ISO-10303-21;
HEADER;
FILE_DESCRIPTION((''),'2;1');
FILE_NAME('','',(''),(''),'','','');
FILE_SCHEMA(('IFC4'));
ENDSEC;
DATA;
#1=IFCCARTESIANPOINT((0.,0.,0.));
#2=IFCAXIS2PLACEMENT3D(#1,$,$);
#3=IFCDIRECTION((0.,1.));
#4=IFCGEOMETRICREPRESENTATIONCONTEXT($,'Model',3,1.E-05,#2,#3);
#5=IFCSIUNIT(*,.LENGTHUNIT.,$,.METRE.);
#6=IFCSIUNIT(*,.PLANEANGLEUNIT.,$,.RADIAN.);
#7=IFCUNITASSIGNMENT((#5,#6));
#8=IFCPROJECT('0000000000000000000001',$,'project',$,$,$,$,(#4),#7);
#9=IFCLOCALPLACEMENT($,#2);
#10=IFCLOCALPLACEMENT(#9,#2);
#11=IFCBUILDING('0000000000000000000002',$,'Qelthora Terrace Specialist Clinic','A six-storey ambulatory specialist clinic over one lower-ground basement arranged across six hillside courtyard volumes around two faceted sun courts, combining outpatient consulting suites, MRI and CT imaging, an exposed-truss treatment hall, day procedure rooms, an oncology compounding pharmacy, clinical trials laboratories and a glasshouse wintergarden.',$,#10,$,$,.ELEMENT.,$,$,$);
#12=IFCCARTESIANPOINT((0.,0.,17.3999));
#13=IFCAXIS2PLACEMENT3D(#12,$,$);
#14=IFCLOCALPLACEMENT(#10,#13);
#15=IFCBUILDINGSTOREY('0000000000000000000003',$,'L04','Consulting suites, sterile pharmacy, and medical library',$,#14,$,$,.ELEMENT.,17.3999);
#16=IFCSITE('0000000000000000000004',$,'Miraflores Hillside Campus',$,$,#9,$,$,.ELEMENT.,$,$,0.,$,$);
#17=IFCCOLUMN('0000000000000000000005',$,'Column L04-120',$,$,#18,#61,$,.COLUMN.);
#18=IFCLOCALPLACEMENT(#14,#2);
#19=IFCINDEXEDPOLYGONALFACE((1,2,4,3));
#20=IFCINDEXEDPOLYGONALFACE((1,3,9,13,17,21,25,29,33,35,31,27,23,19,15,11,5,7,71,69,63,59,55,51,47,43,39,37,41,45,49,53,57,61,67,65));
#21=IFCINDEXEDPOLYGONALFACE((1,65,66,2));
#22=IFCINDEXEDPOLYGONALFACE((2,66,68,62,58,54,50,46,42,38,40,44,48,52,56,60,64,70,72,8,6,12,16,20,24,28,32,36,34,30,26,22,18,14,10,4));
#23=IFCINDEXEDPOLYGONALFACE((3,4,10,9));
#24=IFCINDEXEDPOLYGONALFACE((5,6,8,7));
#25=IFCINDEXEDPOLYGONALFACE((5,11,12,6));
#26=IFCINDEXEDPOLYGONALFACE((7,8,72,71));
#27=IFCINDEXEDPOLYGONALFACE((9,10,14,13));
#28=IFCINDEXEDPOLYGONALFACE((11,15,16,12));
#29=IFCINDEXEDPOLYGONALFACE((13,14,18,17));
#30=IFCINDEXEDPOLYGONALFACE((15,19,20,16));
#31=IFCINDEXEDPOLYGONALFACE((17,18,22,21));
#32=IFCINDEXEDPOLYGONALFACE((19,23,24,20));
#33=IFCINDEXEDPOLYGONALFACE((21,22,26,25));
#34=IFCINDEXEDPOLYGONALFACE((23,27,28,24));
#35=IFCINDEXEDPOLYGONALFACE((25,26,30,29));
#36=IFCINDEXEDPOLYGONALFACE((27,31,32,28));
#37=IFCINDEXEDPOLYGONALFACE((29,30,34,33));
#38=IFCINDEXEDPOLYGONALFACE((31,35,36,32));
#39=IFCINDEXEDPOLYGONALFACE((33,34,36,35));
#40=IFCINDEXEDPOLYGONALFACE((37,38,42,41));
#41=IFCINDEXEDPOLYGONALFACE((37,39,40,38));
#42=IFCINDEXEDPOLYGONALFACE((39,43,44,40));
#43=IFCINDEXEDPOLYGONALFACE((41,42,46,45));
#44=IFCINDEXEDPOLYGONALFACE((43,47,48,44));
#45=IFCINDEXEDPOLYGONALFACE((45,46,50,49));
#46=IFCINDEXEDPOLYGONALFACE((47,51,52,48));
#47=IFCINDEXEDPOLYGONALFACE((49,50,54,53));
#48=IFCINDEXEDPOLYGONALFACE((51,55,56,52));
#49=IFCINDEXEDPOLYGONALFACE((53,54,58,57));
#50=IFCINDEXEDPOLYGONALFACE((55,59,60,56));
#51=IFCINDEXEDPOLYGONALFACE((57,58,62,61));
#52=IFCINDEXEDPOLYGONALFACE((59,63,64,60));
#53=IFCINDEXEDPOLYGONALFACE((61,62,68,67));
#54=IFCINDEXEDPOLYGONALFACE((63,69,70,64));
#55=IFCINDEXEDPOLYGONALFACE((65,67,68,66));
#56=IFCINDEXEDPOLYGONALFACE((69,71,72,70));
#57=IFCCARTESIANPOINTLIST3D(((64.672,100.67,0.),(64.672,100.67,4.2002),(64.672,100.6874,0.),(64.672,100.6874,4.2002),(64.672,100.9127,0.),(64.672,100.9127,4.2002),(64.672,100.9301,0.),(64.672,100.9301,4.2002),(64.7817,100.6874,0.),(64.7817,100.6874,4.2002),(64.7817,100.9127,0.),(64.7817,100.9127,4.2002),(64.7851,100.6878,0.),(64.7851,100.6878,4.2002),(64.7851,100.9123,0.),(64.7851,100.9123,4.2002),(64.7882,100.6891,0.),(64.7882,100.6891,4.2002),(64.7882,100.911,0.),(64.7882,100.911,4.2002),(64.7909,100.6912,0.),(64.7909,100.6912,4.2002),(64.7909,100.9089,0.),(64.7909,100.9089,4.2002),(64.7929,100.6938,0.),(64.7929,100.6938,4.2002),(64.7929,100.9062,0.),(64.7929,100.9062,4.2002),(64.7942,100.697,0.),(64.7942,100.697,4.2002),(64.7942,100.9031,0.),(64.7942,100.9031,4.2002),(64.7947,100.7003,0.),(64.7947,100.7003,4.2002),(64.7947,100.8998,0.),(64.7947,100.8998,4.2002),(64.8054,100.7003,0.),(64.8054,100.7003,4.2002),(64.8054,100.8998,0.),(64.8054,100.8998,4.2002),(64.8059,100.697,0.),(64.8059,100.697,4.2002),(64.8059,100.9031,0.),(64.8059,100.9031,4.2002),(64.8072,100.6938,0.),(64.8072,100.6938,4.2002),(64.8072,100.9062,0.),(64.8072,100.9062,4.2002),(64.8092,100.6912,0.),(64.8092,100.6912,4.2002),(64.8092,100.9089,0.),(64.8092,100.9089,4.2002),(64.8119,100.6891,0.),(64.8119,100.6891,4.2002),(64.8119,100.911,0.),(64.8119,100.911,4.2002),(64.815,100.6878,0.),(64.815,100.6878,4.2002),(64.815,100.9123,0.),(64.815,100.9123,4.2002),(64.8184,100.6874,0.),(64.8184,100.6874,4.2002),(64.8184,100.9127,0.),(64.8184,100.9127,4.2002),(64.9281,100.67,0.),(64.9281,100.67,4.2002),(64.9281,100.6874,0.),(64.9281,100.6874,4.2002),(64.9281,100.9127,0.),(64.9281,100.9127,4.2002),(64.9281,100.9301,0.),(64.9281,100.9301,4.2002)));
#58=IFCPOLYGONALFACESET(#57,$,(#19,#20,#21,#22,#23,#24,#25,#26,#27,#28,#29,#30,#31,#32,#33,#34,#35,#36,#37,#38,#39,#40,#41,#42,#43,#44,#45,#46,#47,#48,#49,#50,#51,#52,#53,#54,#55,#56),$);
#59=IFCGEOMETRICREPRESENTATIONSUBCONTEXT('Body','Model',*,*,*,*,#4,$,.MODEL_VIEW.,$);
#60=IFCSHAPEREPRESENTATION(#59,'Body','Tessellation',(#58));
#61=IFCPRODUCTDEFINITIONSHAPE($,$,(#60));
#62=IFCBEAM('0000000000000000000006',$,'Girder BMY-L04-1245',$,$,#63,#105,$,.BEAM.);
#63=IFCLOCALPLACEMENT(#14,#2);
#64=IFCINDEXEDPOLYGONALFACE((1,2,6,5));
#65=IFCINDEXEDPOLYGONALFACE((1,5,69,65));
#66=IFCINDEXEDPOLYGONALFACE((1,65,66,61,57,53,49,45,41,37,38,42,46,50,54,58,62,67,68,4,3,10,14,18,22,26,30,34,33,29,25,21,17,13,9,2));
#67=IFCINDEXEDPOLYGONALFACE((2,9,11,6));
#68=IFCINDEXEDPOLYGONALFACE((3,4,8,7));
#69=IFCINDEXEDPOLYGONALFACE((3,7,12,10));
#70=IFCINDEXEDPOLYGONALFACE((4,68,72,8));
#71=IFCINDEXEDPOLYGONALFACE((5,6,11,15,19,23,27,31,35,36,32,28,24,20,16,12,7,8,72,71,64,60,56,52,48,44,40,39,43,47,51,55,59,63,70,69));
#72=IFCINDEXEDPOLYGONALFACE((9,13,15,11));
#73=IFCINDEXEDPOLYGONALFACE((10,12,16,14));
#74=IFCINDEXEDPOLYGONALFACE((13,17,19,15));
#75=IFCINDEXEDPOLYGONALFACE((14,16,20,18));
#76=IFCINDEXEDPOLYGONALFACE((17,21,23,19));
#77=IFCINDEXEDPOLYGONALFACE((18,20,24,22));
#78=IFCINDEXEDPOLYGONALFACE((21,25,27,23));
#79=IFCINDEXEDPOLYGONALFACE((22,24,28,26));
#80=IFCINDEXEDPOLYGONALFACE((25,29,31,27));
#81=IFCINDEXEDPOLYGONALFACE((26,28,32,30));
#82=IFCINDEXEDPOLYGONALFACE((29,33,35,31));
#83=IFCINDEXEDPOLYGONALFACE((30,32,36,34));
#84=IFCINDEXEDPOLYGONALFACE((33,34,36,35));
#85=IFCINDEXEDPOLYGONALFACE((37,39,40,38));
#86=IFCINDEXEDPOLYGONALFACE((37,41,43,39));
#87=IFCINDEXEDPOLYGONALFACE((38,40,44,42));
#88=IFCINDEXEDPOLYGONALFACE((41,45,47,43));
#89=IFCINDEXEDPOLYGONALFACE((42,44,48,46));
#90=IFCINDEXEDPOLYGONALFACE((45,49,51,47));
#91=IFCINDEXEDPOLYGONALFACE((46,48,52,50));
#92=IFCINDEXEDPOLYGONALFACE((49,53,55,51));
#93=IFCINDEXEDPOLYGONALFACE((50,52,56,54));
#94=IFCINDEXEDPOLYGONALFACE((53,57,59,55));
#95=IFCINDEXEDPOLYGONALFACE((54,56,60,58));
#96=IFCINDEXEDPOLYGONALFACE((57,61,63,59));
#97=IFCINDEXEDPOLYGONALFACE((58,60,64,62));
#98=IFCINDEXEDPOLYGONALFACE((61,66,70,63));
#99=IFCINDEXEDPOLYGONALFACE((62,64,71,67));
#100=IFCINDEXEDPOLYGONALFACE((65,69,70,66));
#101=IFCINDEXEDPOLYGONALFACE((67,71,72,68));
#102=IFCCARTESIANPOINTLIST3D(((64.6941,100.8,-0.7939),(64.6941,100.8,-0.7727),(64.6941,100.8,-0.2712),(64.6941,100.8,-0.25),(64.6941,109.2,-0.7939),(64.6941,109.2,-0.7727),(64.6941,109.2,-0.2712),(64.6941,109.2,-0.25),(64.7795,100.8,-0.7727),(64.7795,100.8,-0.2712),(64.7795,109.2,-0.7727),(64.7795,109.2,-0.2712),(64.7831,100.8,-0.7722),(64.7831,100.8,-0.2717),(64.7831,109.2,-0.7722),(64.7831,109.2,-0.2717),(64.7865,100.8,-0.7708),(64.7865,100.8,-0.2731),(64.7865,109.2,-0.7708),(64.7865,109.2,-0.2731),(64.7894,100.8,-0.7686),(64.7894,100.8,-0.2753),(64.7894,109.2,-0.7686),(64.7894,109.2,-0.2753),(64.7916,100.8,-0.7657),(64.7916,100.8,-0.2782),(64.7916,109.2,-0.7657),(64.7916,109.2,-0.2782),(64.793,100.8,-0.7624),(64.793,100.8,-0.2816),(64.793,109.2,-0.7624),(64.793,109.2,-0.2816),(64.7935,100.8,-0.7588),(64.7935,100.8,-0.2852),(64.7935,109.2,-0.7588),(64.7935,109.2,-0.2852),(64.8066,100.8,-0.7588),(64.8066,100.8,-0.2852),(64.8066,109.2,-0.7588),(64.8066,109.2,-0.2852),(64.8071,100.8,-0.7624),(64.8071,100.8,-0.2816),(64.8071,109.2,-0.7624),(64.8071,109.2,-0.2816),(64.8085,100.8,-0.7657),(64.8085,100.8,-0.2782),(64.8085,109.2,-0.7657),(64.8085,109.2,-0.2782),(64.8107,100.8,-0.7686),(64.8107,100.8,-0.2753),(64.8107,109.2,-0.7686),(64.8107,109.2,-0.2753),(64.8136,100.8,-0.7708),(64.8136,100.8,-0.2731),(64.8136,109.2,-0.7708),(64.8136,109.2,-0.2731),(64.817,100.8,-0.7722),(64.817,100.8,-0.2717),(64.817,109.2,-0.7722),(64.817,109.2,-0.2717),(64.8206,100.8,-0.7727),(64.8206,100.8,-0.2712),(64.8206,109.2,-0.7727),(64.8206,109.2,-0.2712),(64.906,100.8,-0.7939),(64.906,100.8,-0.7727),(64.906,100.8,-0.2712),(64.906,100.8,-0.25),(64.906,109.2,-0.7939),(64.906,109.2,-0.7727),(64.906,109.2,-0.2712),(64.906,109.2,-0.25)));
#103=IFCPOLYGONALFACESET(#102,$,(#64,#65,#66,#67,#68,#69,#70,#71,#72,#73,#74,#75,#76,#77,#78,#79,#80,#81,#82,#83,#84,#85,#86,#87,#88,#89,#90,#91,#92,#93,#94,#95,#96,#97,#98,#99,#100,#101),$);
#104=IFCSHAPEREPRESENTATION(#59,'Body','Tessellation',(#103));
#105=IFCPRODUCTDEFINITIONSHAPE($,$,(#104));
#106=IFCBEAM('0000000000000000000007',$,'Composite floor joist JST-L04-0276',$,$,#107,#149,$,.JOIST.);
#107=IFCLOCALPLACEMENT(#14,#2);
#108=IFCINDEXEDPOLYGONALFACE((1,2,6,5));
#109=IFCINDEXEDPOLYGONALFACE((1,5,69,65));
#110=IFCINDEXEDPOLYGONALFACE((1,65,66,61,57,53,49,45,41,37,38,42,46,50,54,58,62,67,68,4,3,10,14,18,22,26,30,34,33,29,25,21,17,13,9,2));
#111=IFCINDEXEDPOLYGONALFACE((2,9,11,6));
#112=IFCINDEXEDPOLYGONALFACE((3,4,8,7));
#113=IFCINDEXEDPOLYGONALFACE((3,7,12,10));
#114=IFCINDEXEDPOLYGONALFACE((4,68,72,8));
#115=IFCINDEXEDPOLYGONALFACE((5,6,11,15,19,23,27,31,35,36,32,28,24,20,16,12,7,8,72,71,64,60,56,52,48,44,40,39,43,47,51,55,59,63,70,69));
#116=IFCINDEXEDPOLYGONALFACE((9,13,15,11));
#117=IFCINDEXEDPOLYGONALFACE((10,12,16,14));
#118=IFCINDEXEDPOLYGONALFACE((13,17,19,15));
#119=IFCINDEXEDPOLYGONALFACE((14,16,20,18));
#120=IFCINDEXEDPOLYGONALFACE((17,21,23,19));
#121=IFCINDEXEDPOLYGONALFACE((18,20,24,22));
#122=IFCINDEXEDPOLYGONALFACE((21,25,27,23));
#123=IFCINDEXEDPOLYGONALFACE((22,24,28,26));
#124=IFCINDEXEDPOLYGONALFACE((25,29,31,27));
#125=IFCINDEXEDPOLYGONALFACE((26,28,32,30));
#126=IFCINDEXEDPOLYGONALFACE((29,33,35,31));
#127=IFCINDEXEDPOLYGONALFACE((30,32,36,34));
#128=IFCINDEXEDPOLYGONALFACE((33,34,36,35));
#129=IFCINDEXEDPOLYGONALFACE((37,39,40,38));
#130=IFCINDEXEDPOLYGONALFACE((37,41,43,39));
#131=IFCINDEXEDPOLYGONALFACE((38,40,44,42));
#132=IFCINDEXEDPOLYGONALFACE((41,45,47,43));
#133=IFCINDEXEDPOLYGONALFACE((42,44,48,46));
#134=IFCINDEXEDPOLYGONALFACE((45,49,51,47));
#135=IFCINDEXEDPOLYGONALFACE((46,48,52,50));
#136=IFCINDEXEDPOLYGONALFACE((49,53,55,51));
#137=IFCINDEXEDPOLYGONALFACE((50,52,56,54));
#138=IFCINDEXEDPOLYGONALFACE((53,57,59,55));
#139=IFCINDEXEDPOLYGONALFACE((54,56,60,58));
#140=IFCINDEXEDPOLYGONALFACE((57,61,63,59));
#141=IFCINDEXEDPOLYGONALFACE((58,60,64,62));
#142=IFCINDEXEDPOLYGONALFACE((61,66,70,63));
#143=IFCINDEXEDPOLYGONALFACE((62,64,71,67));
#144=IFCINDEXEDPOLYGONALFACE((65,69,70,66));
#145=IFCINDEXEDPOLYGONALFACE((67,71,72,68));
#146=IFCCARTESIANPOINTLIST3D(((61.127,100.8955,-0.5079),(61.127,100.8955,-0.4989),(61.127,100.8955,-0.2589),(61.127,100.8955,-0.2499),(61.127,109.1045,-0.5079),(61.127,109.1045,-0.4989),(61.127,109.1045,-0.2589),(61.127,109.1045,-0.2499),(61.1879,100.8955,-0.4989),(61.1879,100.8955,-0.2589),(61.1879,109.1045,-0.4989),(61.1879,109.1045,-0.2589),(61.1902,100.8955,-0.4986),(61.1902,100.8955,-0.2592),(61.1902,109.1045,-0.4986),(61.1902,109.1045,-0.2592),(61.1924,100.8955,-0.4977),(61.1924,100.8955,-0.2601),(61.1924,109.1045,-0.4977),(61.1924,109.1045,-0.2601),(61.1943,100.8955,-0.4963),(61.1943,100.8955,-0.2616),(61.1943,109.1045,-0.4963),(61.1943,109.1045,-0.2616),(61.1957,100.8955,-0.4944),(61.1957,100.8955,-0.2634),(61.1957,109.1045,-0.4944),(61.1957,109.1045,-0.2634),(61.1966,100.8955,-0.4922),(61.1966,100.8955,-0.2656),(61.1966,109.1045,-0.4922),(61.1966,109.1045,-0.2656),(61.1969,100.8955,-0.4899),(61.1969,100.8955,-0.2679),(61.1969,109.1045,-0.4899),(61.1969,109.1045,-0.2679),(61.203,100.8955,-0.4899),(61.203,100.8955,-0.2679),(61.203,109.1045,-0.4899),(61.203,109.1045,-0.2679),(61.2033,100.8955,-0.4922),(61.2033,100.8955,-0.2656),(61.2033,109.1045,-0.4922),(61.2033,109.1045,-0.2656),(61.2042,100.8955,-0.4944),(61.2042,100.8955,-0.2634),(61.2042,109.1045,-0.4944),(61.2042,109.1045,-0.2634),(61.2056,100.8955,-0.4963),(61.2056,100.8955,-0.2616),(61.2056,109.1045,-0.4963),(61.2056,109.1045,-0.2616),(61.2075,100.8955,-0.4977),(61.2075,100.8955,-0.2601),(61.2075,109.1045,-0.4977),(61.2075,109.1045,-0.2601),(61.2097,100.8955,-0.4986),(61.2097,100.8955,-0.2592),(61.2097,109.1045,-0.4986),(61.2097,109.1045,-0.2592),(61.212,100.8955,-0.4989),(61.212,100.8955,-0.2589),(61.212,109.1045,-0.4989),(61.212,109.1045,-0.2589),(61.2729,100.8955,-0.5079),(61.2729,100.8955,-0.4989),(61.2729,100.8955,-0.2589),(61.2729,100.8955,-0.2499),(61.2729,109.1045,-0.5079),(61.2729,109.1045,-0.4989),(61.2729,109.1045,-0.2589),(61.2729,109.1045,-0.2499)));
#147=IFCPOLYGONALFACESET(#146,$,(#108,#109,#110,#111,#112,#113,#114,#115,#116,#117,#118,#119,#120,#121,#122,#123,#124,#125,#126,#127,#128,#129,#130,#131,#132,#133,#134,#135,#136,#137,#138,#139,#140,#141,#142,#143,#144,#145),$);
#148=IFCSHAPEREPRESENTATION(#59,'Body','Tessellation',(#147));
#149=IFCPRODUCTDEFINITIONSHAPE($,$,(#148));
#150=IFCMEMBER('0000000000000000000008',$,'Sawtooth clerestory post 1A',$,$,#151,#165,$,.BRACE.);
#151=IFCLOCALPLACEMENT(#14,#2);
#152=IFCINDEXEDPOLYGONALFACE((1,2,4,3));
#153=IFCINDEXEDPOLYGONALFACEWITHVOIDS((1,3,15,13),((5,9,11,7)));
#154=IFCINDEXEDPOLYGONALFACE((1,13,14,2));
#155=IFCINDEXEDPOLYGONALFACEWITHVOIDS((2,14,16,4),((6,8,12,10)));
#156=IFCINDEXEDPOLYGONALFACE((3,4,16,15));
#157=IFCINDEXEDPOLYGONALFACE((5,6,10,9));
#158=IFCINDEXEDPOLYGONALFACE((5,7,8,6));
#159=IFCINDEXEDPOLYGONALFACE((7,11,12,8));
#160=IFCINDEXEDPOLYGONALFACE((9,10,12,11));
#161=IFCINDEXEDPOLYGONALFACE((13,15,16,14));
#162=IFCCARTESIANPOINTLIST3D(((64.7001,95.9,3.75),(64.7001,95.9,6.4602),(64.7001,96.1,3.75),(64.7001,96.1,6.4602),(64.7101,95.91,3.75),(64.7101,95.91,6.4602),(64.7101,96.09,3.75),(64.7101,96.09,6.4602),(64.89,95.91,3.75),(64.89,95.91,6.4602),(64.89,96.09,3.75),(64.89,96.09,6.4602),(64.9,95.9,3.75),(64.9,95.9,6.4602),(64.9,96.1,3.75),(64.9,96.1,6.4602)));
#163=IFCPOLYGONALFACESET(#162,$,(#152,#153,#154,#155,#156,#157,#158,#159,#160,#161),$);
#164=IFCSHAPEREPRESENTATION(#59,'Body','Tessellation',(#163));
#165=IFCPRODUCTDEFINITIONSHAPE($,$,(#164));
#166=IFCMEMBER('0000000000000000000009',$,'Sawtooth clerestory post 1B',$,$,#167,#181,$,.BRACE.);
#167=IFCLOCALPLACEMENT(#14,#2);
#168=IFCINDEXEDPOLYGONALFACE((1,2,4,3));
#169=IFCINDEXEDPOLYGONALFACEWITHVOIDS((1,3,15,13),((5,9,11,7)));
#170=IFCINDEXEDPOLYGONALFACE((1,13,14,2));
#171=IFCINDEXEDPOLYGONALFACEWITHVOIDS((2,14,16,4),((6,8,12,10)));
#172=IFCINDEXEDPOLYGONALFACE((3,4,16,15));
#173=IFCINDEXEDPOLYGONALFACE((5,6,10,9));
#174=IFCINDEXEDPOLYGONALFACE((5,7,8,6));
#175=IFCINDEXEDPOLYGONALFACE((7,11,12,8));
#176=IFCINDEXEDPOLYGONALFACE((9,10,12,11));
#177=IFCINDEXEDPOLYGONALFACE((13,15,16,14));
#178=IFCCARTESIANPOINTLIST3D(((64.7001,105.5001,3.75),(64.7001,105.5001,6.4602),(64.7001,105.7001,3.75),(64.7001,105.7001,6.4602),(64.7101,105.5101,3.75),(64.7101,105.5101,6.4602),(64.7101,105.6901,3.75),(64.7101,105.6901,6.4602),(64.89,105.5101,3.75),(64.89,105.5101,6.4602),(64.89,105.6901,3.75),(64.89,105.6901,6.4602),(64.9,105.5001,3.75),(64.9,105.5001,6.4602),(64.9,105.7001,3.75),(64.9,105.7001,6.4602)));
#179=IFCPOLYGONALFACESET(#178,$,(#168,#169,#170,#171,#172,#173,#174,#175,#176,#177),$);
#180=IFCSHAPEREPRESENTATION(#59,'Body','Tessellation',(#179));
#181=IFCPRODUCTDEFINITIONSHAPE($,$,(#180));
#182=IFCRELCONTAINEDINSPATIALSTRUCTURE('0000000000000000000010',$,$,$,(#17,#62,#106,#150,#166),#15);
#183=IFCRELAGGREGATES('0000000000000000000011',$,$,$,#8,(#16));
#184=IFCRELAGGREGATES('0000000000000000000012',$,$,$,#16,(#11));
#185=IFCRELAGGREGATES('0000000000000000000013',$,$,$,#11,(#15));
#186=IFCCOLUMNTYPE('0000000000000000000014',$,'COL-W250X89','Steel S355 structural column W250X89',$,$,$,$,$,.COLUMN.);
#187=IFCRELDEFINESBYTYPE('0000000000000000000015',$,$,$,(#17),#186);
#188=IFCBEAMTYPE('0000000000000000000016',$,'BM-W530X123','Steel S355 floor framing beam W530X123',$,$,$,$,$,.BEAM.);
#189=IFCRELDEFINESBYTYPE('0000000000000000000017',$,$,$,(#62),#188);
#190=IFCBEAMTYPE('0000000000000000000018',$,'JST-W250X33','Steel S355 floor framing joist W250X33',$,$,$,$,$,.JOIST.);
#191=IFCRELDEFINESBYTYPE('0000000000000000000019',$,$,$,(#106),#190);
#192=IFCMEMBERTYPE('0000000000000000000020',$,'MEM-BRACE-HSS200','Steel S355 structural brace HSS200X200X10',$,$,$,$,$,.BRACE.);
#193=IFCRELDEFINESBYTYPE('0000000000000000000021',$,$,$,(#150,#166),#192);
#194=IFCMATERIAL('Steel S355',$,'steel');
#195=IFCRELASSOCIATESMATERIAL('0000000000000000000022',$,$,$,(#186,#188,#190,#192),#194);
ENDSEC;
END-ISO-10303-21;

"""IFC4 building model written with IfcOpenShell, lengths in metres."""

from ifc_helpers import new_model, si_unit, direction, frame, origin, origin_2d, place, context, subcontext, project, spatial, hollow_rectangle, i_section, extrude, material, material_profile, profile_set, type_object, element, save


model = new_model("IFC4")

# Units and contexts
model_context = context("Model", 3, precision=1e-05, world=origin(), true_north=direction((0.0, 1.0)))
body_context = subcontext(model_context, "Body", "Model", "MODEL_VIEW")
ifc_project = project(units=[si_unit("LENGTHUNIT", "METRE"), si_unit("PLANEANGLEUNIT", "RADIAN")], contexts=[model_context])

# Site, building, storey
site_placement = place(None, origin())
site = spatial("IfcSite", under=ifc_project, at=site_placement, Name="Miraflores Hillside Campus", CompositionType="ELEMENT", RefElevation=0.0)
building_placement = place(site_placement, origin())
building = spatial("IfcBuilding", under=site, at=building_placement, Name="Qelthora Terrace Specialist Clinic", Description="A six-storey ambulatory specialist clinic over one lower-ground basement arranged across six hillside courtyard volumes around two faceted sun courts, combining outpatient consulting suites, MRI and CT imaging, an exposed-truss treatment hall, day procedure rooms, an oncology compounding pharmacy, clinical trials laboratories and a glasshouse wintergarden.", CompositionType="ELEMENT")
storey_placement = place(building_placement, frame((0.0, 0.0, 17.3999)))
storey = spatial("IfcBuildingStorey", under=building, at=storey_placement, Name="L04", Description="Consulting suites, sterile pharmacy, and medical library", CompositionType="ELEMENT", Elevation=17.3999)

# Column
ifc_material_1 = material(Name="Steel S355", Category="steel")
ifc_material_profile_1 = material_profile(ifc_material_1, i_section(OverallWidth=0.2561, OverallDepth=0.26, WebThickness=0.0107, FlangeThickness=0.0173, FilletRadius=0.0129, at=origin_2d()), Name="W250X89")
ifc_profile_set_1 = profile_set([ifc_material_profile_1], Name="Steel S355")
column_type = type_object("IfcColumnType", Name="COL-W250X89", Description="Steel S355 structural column W250X89", PredefinedType="COLUMN", material=ifc_profile_set_1)
column_placement = place(storey_placement, frame((64.8, 100.8, 0.0), z_axis=(0.0, 0.0, 1.0), x_axis=(1.0, 0.0, 0.0)))
element("IfcColumn", 1, at=column_placement, inside=storey, type_object=column_type, Name="Column L04-120", PredefinedType="COLUMN", context=body_context, shape_type="SweptSolid", body=[
    extrude(i_section(OverallWidth=0.2561, OverallDepth=0.26, WebThickness=0.0107, FlangeThickness=0.0173, FilletRadius=0.0129, at=origin_2d()), origin(), (0.0, 0.0, 1.0), 4.2002),
])

# Beams
ifc_material_profile_2 = material_profile(ifc_material_1, i_section(OverallWidth=0.2119, OverallDepth=0.5439, WebThickness=0.0132, FlangeThickness=0.0212, FilletRadius=0.0139, at=origin_2d()), Name="W530X123")
ifc_profile_set_2 = profile_set([ifc_material_profile_2], Name="Steel S355")
beam_type_1 = type_object("IfcBeamType", Name="BM-W530X123", Description="Steel S355 floor framing beam W530X123", PredefinedType="BEAM", material=ifc_profile_set_2)
beam_1_placement = place(storey_placement, frame((64.8, 100.8, -0.522), z_axis=(0.0, 1.0, 0.0), x_axis=(-1.0, 0.0, 0.0)))
element("IfcBeam", 2, at=beam_1_placement, inside=storey, type_object=beam_type_1, Name="Girder BMY-L04-1245", PredefinedType="BEAM", context=body_context, shape_type="SweptSolid", body=[
    extrude(i_section(OverallWidth=0.2119, OverallDepth=0.5439, WebThickness=0.0132, FlangeThickness=0.0212, FilletRadius=0.0139, at=origin_2d()), origin(), (0.0, 0.0, 1.0), 8.3999),
])
ifc_material_profile_3 = material_profile(ifc_material_1, i_section(OverallWidth=0.146, OverallDepth=0.2581, WebThickness=0.0061, FlangeThickness=0.009, FilletRadius=0.009, at=origin_2d()), Name="W250X33")
ifc_profile_set_3 = profile_set([ifc_material_profile_3], Name="Steel S355")
beam_type_2 = type_object("IfcBeamType", Name="JST-W250X33", Description="Steel S355 floor framing joist W250X33", PredefinedType="JOIST", material=ifc_profile_set_3)
beam_2_placement = place(storey_placement, frame((61.2, 100.8955, -0.3789), z_axis=(0.0, 1.0, 0.0), x_axis=(-1.0, 0.0, 0.0)))
element("IfcBeam", 3, at=beam_2_placement, inside=storey, type_object=beam_type_2, Name="Composite floor joist JST-L04-0276", PredefinedType="JOIST", context=body_context, shape_type="SweptSolid", body=[
    extrude(i_section(OverallWidth=0.146, OverallDepth=0.2581, WebThickness=0.0061, FlangeThickness=0.009, FilletRadius=0.009, at=origin_2d()), origin(), (0.0, 0.0, 1.0), 8.209),
])

# Members
ifc_material_profile_4 = material_profile(ifc_material_1, hollow_rectangle(XDim=0.2, YDim=0.2, WallThickness=0.01, at=origin_2d()), Name="HSS200X200X10")
ifc_profile_set_4 = profile_set([ifc_material_profile_4], Name="Steel S355")
member_type_1 = type_object("IfcMemberType", Name="MEM-BRACE-HSS200", Description="Steel S355 structural brace HSS200X200X10", PredefinedType="BRACE", material=ifc_profile_set_4)
for number, where, z_axis, x_axis, name in (
    (4, (64.8, 96.0, 3.75), (0.0, 0.0, 1.0), (1.0, 0.0, 0.0), "Sawtooth clerestory post 1A"),
    (5, (64.8, 105.6001, 3.75), (0.0, 0.0, 1.0), (1.0, 0.0, 0.0), "Sawtooth clerestory post 1B"),
):
    element("IfcMember", number, at=place(storey_placement, frame(where, z_axis=z_axis, x_axis=x_axis)), inside=storey, type_object=member_type_1, Name=name, PredefinedType="BRACE", context=body_context, shape_type="SweptSolid", body=[
        extrude(hollow_rectangle(XDim=0.2, YDim=0.2, WallThickness=0.01, at=origin_2d()), origin(), (0.0, 0.0, 1.0), 2.7102),
    ])

save(model, "model.ifc")
